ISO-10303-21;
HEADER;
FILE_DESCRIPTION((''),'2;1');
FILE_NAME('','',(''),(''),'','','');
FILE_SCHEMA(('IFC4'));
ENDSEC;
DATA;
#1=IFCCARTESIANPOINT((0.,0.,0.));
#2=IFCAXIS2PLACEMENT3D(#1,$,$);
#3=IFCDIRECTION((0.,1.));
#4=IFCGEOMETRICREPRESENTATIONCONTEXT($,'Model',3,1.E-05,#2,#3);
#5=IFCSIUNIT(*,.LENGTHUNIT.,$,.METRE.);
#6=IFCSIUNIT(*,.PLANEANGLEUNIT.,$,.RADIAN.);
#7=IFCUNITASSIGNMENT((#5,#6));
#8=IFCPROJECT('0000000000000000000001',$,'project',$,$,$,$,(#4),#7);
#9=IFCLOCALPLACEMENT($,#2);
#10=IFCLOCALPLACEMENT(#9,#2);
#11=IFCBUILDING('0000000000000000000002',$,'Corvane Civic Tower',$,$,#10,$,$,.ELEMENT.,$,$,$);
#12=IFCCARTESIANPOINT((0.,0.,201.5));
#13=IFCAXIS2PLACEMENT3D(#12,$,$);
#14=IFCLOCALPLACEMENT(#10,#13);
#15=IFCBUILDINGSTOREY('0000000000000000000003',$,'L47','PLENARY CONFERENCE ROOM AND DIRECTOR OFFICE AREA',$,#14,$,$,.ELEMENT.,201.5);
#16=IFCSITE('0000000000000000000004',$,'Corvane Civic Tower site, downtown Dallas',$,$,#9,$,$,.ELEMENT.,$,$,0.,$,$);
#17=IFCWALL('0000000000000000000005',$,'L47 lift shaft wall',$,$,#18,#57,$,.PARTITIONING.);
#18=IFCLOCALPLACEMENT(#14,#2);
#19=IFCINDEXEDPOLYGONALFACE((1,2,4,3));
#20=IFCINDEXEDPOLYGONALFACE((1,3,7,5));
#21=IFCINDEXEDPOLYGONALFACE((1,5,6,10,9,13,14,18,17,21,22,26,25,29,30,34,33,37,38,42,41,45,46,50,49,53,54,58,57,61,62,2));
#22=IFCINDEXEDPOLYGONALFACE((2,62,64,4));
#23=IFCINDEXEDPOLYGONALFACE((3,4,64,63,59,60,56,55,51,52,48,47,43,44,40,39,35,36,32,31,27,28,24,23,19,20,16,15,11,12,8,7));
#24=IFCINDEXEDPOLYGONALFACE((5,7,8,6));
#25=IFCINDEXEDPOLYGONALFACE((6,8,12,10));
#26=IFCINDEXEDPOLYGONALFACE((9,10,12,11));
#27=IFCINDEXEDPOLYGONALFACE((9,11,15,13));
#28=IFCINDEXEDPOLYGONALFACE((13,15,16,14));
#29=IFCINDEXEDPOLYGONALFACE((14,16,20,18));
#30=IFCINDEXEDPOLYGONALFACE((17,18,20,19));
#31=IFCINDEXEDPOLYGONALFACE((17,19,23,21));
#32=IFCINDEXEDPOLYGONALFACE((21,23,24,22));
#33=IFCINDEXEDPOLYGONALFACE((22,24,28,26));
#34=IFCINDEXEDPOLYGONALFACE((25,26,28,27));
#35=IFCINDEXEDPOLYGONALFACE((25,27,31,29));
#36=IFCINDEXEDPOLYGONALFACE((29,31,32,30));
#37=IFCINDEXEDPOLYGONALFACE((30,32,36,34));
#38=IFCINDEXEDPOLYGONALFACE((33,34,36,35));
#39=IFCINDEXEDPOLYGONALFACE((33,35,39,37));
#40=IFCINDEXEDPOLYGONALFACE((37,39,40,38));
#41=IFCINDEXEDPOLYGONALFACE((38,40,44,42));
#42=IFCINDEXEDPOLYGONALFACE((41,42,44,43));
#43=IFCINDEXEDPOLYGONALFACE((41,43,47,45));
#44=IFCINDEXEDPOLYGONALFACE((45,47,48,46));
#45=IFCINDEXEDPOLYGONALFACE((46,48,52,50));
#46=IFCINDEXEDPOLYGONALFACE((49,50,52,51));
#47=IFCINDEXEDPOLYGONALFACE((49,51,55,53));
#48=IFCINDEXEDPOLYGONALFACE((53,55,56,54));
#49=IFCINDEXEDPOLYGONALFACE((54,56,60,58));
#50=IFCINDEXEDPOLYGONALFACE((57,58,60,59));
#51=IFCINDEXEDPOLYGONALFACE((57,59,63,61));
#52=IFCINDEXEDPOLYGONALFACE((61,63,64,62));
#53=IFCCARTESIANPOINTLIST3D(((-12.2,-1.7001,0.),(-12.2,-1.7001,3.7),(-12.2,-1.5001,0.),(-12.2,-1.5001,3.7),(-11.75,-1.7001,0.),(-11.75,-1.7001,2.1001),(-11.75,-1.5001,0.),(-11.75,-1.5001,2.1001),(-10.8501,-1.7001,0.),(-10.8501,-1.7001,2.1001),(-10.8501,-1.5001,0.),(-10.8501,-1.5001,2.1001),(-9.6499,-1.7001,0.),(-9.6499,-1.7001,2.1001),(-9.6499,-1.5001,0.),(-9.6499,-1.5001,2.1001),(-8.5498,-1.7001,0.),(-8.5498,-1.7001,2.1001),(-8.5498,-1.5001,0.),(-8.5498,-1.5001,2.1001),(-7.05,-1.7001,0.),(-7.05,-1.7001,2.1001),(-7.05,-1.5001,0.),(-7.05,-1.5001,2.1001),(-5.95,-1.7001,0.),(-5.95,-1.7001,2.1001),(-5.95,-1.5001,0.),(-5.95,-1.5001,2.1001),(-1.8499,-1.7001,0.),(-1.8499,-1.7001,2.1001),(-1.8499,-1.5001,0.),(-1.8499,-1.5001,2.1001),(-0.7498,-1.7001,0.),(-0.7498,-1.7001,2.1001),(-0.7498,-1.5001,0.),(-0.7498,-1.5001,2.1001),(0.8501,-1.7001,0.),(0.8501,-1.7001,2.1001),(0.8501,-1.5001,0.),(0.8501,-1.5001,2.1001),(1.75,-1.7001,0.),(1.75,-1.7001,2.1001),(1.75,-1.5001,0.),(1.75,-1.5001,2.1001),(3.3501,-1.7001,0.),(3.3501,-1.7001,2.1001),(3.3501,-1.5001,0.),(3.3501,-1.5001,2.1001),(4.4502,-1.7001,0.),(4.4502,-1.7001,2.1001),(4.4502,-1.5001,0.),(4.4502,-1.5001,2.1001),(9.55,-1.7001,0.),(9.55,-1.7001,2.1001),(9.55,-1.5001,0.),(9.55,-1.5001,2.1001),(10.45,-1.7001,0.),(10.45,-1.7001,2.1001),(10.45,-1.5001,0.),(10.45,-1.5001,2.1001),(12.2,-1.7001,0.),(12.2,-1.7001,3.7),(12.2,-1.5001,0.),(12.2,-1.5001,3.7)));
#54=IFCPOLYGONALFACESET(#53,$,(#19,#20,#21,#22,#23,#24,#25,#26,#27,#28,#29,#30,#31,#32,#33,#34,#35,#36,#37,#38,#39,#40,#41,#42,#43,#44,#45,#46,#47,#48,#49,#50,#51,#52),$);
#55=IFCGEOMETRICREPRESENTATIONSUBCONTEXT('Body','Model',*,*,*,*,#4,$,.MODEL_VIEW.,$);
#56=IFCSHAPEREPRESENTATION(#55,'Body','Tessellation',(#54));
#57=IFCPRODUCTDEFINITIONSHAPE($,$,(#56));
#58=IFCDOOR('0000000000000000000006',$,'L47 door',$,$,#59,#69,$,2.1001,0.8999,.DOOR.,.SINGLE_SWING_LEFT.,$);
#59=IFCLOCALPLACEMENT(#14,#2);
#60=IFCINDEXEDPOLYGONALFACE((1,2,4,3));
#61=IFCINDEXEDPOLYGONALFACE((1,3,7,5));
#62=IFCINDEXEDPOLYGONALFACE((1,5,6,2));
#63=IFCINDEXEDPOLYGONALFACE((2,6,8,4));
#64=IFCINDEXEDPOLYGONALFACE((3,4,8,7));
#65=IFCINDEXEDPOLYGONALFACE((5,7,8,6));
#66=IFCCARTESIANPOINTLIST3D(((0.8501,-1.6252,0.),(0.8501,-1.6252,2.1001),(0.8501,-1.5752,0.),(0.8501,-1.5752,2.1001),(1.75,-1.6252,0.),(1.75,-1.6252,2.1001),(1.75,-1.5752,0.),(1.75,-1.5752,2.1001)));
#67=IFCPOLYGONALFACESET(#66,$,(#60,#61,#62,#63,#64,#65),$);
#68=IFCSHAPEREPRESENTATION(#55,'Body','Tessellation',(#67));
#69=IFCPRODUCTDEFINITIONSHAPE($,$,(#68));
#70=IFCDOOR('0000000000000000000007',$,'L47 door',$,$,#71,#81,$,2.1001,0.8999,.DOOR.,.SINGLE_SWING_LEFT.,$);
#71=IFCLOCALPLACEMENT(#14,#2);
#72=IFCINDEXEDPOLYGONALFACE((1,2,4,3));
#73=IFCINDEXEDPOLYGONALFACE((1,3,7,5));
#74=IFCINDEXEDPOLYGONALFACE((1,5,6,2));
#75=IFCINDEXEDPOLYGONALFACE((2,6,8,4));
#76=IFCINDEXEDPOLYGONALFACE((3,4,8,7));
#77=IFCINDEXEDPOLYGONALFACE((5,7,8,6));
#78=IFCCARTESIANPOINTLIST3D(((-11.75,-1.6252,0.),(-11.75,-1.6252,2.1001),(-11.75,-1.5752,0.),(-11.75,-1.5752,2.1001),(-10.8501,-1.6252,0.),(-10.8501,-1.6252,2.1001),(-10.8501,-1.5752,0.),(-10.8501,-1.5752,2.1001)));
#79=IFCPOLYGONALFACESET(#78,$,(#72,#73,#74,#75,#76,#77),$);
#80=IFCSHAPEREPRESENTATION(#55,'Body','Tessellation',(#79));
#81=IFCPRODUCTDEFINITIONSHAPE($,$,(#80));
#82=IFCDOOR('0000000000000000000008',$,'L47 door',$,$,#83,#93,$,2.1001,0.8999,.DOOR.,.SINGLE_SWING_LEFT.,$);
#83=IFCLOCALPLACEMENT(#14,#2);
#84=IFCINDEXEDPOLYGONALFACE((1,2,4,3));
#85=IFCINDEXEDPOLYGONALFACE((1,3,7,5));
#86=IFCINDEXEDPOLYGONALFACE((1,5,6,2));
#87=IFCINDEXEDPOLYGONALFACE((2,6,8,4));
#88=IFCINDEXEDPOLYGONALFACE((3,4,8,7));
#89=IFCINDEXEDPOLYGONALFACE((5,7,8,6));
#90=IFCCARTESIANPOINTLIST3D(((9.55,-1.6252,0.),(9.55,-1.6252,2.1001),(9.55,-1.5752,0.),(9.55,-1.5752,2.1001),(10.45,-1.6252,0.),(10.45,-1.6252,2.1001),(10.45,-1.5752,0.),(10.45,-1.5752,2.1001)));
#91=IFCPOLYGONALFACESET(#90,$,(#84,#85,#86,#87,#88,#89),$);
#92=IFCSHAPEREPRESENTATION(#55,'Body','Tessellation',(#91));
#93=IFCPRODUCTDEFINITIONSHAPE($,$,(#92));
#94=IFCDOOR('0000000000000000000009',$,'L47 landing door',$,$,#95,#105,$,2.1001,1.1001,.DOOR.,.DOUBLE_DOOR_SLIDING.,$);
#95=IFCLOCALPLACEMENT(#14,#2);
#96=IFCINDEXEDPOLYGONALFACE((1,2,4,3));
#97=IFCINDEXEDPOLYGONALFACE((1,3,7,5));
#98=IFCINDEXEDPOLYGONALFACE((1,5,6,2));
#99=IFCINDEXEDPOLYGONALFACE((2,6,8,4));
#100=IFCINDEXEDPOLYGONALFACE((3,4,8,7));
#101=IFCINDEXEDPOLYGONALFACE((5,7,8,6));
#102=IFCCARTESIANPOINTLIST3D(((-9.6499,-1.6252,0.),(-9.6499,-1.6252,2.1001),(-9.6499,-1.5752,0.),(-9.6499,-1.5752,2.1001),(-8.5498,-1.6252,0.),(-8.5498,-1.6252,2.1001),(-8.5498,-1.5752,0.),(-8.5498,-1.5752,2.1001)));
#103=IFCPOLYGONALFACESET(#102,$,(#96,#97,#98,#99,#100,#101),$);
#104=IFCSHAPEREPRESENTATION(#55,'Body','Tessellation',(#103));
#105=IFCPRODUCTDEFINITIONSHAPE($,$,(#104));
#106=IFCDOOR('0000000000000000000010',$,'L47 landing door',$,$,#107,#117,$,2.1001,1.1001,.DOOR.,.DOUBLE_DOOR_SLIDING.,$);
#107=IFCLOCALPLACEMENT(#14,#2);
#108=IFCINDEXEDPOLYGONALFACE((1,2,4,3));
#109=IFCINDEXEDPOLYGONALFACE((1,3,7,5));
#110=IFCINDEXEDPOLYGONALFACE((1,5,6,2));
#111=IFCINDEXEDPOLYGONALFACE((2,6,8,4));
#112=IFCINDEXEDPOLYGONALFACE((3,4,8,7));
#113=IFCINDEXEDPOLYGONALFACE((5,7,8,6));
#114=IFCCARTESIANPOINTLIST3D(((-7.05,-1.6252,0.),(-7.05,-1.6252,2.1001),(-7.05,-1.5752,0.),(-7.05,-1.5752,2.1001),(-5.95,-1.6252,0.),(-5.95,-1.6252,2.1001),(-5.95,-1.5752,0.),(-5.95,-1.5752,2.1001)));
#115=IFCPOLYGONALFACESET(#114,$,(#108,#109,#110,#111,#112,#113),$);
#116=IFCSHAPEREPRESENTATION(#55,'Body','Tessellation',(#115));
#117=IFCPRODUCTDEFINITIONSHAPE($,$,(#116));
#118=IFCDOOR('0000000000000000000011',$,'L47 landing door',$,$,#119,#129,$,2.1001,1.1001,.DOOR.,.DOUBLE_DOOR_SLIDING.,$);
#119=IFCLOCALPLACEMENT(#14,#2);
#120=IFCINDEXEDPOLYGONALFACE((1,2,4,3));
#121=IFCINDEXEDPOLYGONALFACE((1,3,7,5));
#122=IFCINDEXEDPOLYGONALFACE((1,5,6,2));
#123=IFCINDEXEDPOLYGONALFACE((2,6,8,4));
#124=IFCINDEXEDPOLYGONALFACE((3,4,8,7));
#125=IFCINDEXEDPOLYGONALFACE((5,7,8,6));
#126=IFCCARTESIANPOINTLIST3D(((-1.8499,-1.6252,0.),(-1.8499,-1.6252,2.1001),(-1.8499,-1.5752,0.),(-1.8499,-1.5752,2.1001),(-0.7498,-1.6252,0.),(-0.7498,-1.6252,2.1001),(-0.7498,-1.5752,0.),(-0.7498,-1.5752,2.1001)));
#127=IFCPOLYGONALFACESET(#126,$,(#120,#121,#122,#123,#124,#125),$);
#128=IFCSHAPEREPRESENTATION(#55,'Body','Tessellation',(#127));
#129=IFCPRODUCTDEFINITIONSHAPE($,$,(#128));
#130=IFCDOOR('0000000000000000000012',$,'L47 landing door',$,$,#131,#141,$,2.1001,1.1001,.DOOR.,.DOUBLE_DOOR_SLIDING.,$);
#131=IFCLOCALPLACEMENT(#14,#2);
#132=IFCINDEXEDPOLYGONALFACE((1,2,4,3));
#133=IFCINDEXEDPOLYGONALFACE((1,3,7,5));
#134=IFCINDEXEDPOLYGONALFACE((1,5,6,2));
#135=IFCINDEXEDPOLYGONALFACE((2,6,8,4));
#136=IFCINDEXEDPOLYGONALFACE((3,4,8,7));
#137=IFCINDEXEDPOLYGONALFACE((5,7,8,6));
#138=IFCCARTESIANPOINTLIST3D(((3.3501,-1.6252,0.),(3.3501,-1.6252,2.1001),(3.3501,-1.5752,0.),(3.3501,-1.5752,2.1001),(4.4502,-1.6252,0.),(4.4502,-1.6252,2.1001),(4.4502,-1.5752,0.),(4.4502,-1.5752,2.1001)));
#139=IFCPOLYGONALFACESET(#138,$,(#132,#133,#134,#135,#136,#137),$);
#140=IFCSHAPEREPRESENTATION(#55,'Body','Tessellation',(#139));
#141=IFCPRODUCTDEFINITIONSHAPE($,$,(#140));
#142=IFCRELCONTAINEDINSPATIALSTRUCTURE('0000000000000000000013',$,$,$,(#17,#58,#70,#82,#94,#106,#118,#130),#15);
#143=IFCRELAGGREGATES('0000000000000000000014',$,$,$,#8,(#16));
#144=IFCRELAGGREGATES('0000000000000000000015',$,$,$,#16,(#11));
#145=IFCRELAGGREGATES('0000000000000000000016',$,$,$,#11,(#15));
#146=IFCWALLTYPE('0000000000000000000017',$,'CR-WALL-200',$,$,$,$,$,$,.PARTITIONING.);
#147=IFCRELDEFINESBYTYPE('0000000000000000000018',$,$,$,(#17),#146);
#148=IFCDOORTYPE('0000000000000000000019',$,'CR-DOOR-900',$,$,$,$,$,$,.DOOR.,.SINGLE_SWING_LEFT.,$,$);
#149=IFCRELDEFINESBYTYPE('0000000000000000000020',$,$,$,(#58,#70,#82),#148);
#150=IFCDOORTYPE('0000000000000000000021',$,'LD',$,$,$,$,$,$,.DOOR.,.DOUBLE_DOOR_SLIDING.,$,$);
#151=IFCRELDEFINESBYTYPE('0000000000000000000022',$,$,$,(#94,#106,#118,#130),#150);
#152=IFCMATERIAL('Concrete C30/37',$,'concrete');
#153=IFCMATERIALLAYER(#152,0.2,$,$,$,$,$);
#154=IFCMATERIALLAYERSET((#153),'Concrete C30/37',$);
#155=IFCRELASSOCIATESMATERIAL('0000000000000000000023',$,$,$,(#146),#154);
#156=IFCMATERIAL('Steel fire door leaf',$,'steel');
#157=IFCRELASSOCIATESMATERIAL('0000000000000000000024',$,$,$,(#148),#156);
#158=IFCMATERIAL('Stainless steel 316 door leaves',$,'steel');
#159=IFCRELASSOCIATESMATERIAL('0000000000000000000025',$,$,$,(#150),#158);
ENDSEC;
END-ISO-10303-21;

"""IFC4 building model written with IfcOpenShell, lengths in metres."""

from ifc_helpers import new_model, si_unit, direction, frame, frame_2d, origin, place, context, subcontext, project, spatial, rectangle, extrude, material, layer, layer_set, type_object, element, fill, save


model = new_model("IFC4")

# Units and contexts
model_context = context("Model", 3, precision=1e-05, world=origin(), true_north=direction((0.0, 1.0)))
body_context = subcontext(model_context, "Body", "Model", "MODEL_VIEW")
ifc_project = project(units=[si_unit("LENGTHUNIT", "METRE"), si_unit("PLANEANGLEUNIT", "RADIAN")], contexts=[model_context])

# Site, building, storey
site_placement = place(None, origin())
site = spatial("IfcSite", under=ifc_project, at=site_placement, Name="Corvane Civic Tower site, downtown Dallas", CompositionType="ELEMENT", RefElevation=0.0)
building_placement = place(site_placement, origin())
building = spatial("IfcBuilding", under=site, at=building_placement, Name="Corvane Civic Tower", CompositionType="ELEMENT")
storey_placement = place(building_placement, frame((0.0, 0.0, 201.5)))
storey = spatial("IfcBuildingStorey", under=building, at=storey_placement, Name="L47", Description="PLENARY CONFERENCE ROOM AND DIRECTOR OFFICE AREA", CompositionType="ELEMENT", Elevation=201.5)

# Shared definitions
ifc_material_1 = material(Name="Concrete C30/37", Category="concrete")
ifc_layer_1 = layer(ifc_material_1, 0.2)
ifc_layer_set_1 = layer_set([ifc_layer_1], Name="Concrete C30/37")
wall_type_1 = type_object("IfcWallType", Name="CR-WALL-200", PredefinedType="PARTITIONING", material=ifc_layer_set_1)
ifc_material_2 = material(Name="Steel fire door leaf", Category="steel")
door_type_1 = type_object("IfcDoorType", Name="CR-DOOR-900", OperationType="SINGLE_SWING_LEFT", PredefinedType="DOOR", material=ifc_material_2)

# Wall, openings, doors
wall_1_placement = place(storey_placement, frame((-12.2, -1.6001, 0.0), z_axis=(0.0, 0.0, 1.0), x_axis=(1.0, 0.0, 0.0)))
wall_1 = element("IfcWall", 1, at=wall_1_placement, inside=storey, type_object=wall_type_1, Name="L47 lift shaft wall", PredefinedType="PARTITIONING", context=body_context, shape_type="SweptSolid", body=[
    extrude(rectangle(XDim=24.3999, YDim=0.2, at=frame_2d((12.2, 0.0))), origin(), (0.0, 0.0, 1.0), 3.7),
])
opening_1_placement = place(wall_1_placement, frame((2.55, 0.0, 0.0)))
opening_1 = element("IfcOpeningElement", 2, at=opening_1_placement, cuts=wall_1, PredefinedType="OPENING", context=body_context, shape_type="SweptSolid", body=[
    extrude(rectangle(XDim=1.1001, YDim=2.1001, at=frame_2d((0.55, 1.05))), frame((0.0, 0.1099, 0.0), z_axis=(0.0, -1.0, 0.0), x_axis=(1.0, 0.0, 0.0)), (0.0, 0.0, 1.0), 0.22),
])
opening_2_placement = place(wall_1_placement, frame((5.1499, 0.0, 0.0)))
opening_2 = element("IfcOpeningElement", 3, at=opening_2_placement, cuts=wall_1, PredefinedType="OPENING", context=body_context, shape_type="SweptSolid", body=[
    extrude(rectangle(XDim=1.1001, YDim=2.1001, at=frame_2d((0.55, 1.05))), frame((0.0, 0.1099, 0.0), z_axis=(0.0, -1.0, 0.0), x_axis=(1.0, 0.0, 0.0)), (0.0, 0.0, 1.0), 0.22),
])
opening_3_placement = place(wall_1_placement, frame((10.3501, 0.0, 0.0)))
opening_3 = element("IfcOpeningElement", 4, at=opening_3_placement, cuts=wall_1, PredefinedType="OPENING", context=body_context, shape_type="SweptSolid", body=[
    extrude(rectangle(XDim=1.1001, YDim=2.1001, at=frame_2d((0.55, 1.05))), frame((0.0, 0.1099, 0.0), z_axis=(0.0, -1.0, 0.0), x_axis=(1.0, 0.0, 0.0)), (0.0, 0.0, 1.0), 0.22),
])
opening_4_placement = place(wall_1_placement, frame((13.05, 0.0, 0.0)))
opening_4 = element("IfcOpeningElement", 5, at=opening_4_placement, cuts=wall_1, PredefinedType="OPENING", context=body_context, shape_type="SweptSolid", body=[
    extrude(rectangle(XDim=0.8999, YDim=2.1001, at=frame_2d((0.45, 1.05))), frame((0.0, 0.1099, 0.0), z_axis=(0.0, -1.0, 0.0), x_axis=(1.0, 0.0, 0.0)), (0.0, 0.0, 1.0), 0.22),
])
opening_5_placement = place(wall_1_placement, frame((15.55, 0.0, 0.0)))
opening_5 = element("IfcOpeningElement", 6, at=opening_5_placement, cuts=wall_1, PredefinedType="OPENING", context=body_context, shape_type="SweptSolid", body=[
    extrude(rectangle(XDim=1.1001, YDim=2.1001, at=frame_2d((0.55, 1.05))), frame((0.0, 0.1099, 0.0), z_axis=(0.0, -1.0, 0.0), x_axis=(1.0, 0.0, 0.0)), (0.0, 0.0, 1.0), 0.22),
])
opening_6_placement = place(wall_1_placement, frame((0.45, 0.0, 0.0)))
opening_6 = element("IfcOpeningElement", 7, at=opening_6_placement, cuts=wall_1, PredefinedType="OPENING", context=body_context, shape_type="SweptSolid", body=[
    extrude(rectangle(XDim=0.8999, YDim=2.1001, at=frame_2d((0.45, 1.05))), frame((0.0, 0.1099, 0.0), z_axis=(0.0, -1.0, 0.0), x_axis=(1.0, 0.0, 0.0)), (0.0, 0.0, 1.0), 0.22),
])
opening_7_placement = place(wall_1_placement, frame((21.75, 0.0, 0.0)))
opening_7 = element("IfcOpeningElement", 8, at=opening_7_placement, cuts=wall_1, PredefinedType="OPENING", context=body_context, shape_type="SweptSolid", body=[
    extrude(rectangle(XDim=0.8999, YDim=2.1001, at=frame_2d((0.45, 1.05))), frame((0.0, 0.1099, 0.0), z_axis=(0.0, -1.0, 0.0), x_axis=(1.0, 0.0, 0.0)), (0.0, 0.0, 1.0), 0.22),
])
door_1_placement = place(opening_4_placement, origin())
door_1 = element("IfcDoor", 9, at=door_1_placement, inside=storey, type_object=door_type_1, Name="L47 door", OperationType="SINGLE_SWING_LEFT", OverallHeight=2.1001, OverallWidth=0.8999, PredefinedType="DOOR", context=body_context, shape_type="SweptSolid", body=[
    extrude(rectangle(XDim=0.8999, YDim=2.1001, at=frame_2d((0.45, 1.05))), frame((0.0, 0.0249, 0.0), z_axis=(0.0, -1.0, 0.0), x_axis=(1.0, 0.0, 0.0)), (0.0, 0.0, 1.0), 0.05),
])
fill(opening_4, door_1)
door_2_placement = place(opening_6_placement, origin())
door_2 = element("IfcDoor", 10, at=door_2_placement, inside=storey, type_object=door_type_1, Name="L47 door", OperationType="SINGLE_SWING_LEFT", OverallHeight=2.1001, OverallWidth=0.8999, PredefinedType="DOOR", context=body_context, shape_type="SweptSolid", body=[
    extrude(rectangle(XDim=0.8999, YDim=2.1001, at=frame_2d((0.45, 1.05))), frame((0.0, 0.0249, 0.0), z_axis=(0.0, -1.0, 0.0), x_axis=(1.0, 0.0, 0.0)), (0.0, 0.0, 1.0), 0.05),
])
fill(opening_6, door_2)
door_3_placement = place(opening_7_placement, origin())
door_3 = element("IfcDoor", 11, at=door_3_placement, inside=storey, type_object=door_type_1, Name="L47 door", OperationType="SINGLE_SWING_LEFT", OverallHeight=2.1001, OverallWidth=0.8999, PredefinedType="DOOR", context=body_context, shape_type="SweptSolid", body=[
    extrude(rectangle(XDim=0.8999, YDim=2.1001, at=frame_2d((0.45, 1.05))), frame((0.0, 0.0249, 0.0), z_axis=(0.0, -1.0, 0.0), x_axis=(1.0, 0.0, 0.0)), (0.0, 0.0, 1.0), 0.05),
])
fill(opening_7, door_3)
ifc_material_3 = material(Name="Stainless steel 316 door leaves", Category="steel")
door_type_2 = type_object("IfcDoorType", Name="LD", OperationType="DOUBLE_DOOR_SLIDING", PredefinedType="DOOR", material=ifc_material_3)
door_4_placement = place(opening_1_placement, origin())
door_4 = element("IfcDoor", 12, at=door_4_placement, inside=storey, type_object=door_type_2, Name="L47 landing door", OperationType="DOUBLE_DOOR_SLIDING", OverallHeight=2.1001, OverallWidth=1.1001, PredefinedType="DOOR", context=body_context, shape_type="SweptSolid", body=[
    extrude(rectangle(XDim=1.1001, YDim=2.1001, at=frame_2d((0.55, 1.05))), frame((0.0, 0.0249, 0.0), z_axis=(0.0, -1.0, 0.0), x_axis=(1.0, 0.0, 0.0)), (0.0, 0.0, 1.0), 0.05),
])
fill(opening_1, door_4)
door_5_placement = place(opening_2_placement, origin())
door_5 = element("IfcDoor", 13, at=door_5_placement, inside=storey, type_object=door_type_2, Name="L47 landing door", OperationType="DOUBLE_DOOR_SLIDING", OverallHeight=2.1001, OverallWidth=1.1001, PredefinedType="DOOR", context=body_context, shape_type="SweptSolid", body=[
    extrude(rectangle(XDim=1.1001, YDim=2.1001, at=frame_2d((0.55, 1.05))), frame((0.0, 0.0249, 0.0), z_axis=(0.0, -1.0, 0.0), x_axis=(1.0, 0.0, 0.0)), (0.0, 0.0, 1.0), 0.05),
])
fill(opening_2, door_5)
door_6_placement = place(opening_3_placement, origin())
door_6 = element("IfcDoor", 14, at=door_6_placement, inside=storey, type_object=door_type_2, Name="L47 landing door", OperationType="DOUBLE_DOOR_SLIDING", OverallHeight=2.1001, OverallWidth=1.1001, PredefinedType="DOOR", context=body_context, shape_type="SweptSolid", body=[
    extrude(rectangle(XDim=1.1001, YDim=2.1001, at=frame_2d((0.55, 1.05))), frame((0.0, 0.0249, 0.0), z_axis=(0.0, -1.0, 0.0), x_axis=(1.0, 0.0, 0.0)), (0.0, 0.0, 1.0), 0.05),
])
fill(opening_3, door_6)
door_7_placement = place(opening_5_placement, origin())
door_7 = element("IfcDoor", 15, at=door_7_placement, inside=storey, type_object=door_type_2, Name="L47 landing door", OperationType="DOUBLE_DOOR_SLIDING", OverallHeight=2.1001, OverallWidth=1.1001, PredefinedType="DOOR", context=body_context, shape_type="SweptSolid", body=[
    extrude(rectangle(XDim=1.1001, YDim=2.1001, at=frame_2d((0.55, 1.05))), frame((0.0, 0.0249, 0.0), z_axis=(0.0, -1.0, 0.0), x_axis=(1.0, 0.0, 0.0)), (0.0, 0.0, 1.0), 0.05),
])
fill(opening_5, door_7)

save(model, "model.ifc")
